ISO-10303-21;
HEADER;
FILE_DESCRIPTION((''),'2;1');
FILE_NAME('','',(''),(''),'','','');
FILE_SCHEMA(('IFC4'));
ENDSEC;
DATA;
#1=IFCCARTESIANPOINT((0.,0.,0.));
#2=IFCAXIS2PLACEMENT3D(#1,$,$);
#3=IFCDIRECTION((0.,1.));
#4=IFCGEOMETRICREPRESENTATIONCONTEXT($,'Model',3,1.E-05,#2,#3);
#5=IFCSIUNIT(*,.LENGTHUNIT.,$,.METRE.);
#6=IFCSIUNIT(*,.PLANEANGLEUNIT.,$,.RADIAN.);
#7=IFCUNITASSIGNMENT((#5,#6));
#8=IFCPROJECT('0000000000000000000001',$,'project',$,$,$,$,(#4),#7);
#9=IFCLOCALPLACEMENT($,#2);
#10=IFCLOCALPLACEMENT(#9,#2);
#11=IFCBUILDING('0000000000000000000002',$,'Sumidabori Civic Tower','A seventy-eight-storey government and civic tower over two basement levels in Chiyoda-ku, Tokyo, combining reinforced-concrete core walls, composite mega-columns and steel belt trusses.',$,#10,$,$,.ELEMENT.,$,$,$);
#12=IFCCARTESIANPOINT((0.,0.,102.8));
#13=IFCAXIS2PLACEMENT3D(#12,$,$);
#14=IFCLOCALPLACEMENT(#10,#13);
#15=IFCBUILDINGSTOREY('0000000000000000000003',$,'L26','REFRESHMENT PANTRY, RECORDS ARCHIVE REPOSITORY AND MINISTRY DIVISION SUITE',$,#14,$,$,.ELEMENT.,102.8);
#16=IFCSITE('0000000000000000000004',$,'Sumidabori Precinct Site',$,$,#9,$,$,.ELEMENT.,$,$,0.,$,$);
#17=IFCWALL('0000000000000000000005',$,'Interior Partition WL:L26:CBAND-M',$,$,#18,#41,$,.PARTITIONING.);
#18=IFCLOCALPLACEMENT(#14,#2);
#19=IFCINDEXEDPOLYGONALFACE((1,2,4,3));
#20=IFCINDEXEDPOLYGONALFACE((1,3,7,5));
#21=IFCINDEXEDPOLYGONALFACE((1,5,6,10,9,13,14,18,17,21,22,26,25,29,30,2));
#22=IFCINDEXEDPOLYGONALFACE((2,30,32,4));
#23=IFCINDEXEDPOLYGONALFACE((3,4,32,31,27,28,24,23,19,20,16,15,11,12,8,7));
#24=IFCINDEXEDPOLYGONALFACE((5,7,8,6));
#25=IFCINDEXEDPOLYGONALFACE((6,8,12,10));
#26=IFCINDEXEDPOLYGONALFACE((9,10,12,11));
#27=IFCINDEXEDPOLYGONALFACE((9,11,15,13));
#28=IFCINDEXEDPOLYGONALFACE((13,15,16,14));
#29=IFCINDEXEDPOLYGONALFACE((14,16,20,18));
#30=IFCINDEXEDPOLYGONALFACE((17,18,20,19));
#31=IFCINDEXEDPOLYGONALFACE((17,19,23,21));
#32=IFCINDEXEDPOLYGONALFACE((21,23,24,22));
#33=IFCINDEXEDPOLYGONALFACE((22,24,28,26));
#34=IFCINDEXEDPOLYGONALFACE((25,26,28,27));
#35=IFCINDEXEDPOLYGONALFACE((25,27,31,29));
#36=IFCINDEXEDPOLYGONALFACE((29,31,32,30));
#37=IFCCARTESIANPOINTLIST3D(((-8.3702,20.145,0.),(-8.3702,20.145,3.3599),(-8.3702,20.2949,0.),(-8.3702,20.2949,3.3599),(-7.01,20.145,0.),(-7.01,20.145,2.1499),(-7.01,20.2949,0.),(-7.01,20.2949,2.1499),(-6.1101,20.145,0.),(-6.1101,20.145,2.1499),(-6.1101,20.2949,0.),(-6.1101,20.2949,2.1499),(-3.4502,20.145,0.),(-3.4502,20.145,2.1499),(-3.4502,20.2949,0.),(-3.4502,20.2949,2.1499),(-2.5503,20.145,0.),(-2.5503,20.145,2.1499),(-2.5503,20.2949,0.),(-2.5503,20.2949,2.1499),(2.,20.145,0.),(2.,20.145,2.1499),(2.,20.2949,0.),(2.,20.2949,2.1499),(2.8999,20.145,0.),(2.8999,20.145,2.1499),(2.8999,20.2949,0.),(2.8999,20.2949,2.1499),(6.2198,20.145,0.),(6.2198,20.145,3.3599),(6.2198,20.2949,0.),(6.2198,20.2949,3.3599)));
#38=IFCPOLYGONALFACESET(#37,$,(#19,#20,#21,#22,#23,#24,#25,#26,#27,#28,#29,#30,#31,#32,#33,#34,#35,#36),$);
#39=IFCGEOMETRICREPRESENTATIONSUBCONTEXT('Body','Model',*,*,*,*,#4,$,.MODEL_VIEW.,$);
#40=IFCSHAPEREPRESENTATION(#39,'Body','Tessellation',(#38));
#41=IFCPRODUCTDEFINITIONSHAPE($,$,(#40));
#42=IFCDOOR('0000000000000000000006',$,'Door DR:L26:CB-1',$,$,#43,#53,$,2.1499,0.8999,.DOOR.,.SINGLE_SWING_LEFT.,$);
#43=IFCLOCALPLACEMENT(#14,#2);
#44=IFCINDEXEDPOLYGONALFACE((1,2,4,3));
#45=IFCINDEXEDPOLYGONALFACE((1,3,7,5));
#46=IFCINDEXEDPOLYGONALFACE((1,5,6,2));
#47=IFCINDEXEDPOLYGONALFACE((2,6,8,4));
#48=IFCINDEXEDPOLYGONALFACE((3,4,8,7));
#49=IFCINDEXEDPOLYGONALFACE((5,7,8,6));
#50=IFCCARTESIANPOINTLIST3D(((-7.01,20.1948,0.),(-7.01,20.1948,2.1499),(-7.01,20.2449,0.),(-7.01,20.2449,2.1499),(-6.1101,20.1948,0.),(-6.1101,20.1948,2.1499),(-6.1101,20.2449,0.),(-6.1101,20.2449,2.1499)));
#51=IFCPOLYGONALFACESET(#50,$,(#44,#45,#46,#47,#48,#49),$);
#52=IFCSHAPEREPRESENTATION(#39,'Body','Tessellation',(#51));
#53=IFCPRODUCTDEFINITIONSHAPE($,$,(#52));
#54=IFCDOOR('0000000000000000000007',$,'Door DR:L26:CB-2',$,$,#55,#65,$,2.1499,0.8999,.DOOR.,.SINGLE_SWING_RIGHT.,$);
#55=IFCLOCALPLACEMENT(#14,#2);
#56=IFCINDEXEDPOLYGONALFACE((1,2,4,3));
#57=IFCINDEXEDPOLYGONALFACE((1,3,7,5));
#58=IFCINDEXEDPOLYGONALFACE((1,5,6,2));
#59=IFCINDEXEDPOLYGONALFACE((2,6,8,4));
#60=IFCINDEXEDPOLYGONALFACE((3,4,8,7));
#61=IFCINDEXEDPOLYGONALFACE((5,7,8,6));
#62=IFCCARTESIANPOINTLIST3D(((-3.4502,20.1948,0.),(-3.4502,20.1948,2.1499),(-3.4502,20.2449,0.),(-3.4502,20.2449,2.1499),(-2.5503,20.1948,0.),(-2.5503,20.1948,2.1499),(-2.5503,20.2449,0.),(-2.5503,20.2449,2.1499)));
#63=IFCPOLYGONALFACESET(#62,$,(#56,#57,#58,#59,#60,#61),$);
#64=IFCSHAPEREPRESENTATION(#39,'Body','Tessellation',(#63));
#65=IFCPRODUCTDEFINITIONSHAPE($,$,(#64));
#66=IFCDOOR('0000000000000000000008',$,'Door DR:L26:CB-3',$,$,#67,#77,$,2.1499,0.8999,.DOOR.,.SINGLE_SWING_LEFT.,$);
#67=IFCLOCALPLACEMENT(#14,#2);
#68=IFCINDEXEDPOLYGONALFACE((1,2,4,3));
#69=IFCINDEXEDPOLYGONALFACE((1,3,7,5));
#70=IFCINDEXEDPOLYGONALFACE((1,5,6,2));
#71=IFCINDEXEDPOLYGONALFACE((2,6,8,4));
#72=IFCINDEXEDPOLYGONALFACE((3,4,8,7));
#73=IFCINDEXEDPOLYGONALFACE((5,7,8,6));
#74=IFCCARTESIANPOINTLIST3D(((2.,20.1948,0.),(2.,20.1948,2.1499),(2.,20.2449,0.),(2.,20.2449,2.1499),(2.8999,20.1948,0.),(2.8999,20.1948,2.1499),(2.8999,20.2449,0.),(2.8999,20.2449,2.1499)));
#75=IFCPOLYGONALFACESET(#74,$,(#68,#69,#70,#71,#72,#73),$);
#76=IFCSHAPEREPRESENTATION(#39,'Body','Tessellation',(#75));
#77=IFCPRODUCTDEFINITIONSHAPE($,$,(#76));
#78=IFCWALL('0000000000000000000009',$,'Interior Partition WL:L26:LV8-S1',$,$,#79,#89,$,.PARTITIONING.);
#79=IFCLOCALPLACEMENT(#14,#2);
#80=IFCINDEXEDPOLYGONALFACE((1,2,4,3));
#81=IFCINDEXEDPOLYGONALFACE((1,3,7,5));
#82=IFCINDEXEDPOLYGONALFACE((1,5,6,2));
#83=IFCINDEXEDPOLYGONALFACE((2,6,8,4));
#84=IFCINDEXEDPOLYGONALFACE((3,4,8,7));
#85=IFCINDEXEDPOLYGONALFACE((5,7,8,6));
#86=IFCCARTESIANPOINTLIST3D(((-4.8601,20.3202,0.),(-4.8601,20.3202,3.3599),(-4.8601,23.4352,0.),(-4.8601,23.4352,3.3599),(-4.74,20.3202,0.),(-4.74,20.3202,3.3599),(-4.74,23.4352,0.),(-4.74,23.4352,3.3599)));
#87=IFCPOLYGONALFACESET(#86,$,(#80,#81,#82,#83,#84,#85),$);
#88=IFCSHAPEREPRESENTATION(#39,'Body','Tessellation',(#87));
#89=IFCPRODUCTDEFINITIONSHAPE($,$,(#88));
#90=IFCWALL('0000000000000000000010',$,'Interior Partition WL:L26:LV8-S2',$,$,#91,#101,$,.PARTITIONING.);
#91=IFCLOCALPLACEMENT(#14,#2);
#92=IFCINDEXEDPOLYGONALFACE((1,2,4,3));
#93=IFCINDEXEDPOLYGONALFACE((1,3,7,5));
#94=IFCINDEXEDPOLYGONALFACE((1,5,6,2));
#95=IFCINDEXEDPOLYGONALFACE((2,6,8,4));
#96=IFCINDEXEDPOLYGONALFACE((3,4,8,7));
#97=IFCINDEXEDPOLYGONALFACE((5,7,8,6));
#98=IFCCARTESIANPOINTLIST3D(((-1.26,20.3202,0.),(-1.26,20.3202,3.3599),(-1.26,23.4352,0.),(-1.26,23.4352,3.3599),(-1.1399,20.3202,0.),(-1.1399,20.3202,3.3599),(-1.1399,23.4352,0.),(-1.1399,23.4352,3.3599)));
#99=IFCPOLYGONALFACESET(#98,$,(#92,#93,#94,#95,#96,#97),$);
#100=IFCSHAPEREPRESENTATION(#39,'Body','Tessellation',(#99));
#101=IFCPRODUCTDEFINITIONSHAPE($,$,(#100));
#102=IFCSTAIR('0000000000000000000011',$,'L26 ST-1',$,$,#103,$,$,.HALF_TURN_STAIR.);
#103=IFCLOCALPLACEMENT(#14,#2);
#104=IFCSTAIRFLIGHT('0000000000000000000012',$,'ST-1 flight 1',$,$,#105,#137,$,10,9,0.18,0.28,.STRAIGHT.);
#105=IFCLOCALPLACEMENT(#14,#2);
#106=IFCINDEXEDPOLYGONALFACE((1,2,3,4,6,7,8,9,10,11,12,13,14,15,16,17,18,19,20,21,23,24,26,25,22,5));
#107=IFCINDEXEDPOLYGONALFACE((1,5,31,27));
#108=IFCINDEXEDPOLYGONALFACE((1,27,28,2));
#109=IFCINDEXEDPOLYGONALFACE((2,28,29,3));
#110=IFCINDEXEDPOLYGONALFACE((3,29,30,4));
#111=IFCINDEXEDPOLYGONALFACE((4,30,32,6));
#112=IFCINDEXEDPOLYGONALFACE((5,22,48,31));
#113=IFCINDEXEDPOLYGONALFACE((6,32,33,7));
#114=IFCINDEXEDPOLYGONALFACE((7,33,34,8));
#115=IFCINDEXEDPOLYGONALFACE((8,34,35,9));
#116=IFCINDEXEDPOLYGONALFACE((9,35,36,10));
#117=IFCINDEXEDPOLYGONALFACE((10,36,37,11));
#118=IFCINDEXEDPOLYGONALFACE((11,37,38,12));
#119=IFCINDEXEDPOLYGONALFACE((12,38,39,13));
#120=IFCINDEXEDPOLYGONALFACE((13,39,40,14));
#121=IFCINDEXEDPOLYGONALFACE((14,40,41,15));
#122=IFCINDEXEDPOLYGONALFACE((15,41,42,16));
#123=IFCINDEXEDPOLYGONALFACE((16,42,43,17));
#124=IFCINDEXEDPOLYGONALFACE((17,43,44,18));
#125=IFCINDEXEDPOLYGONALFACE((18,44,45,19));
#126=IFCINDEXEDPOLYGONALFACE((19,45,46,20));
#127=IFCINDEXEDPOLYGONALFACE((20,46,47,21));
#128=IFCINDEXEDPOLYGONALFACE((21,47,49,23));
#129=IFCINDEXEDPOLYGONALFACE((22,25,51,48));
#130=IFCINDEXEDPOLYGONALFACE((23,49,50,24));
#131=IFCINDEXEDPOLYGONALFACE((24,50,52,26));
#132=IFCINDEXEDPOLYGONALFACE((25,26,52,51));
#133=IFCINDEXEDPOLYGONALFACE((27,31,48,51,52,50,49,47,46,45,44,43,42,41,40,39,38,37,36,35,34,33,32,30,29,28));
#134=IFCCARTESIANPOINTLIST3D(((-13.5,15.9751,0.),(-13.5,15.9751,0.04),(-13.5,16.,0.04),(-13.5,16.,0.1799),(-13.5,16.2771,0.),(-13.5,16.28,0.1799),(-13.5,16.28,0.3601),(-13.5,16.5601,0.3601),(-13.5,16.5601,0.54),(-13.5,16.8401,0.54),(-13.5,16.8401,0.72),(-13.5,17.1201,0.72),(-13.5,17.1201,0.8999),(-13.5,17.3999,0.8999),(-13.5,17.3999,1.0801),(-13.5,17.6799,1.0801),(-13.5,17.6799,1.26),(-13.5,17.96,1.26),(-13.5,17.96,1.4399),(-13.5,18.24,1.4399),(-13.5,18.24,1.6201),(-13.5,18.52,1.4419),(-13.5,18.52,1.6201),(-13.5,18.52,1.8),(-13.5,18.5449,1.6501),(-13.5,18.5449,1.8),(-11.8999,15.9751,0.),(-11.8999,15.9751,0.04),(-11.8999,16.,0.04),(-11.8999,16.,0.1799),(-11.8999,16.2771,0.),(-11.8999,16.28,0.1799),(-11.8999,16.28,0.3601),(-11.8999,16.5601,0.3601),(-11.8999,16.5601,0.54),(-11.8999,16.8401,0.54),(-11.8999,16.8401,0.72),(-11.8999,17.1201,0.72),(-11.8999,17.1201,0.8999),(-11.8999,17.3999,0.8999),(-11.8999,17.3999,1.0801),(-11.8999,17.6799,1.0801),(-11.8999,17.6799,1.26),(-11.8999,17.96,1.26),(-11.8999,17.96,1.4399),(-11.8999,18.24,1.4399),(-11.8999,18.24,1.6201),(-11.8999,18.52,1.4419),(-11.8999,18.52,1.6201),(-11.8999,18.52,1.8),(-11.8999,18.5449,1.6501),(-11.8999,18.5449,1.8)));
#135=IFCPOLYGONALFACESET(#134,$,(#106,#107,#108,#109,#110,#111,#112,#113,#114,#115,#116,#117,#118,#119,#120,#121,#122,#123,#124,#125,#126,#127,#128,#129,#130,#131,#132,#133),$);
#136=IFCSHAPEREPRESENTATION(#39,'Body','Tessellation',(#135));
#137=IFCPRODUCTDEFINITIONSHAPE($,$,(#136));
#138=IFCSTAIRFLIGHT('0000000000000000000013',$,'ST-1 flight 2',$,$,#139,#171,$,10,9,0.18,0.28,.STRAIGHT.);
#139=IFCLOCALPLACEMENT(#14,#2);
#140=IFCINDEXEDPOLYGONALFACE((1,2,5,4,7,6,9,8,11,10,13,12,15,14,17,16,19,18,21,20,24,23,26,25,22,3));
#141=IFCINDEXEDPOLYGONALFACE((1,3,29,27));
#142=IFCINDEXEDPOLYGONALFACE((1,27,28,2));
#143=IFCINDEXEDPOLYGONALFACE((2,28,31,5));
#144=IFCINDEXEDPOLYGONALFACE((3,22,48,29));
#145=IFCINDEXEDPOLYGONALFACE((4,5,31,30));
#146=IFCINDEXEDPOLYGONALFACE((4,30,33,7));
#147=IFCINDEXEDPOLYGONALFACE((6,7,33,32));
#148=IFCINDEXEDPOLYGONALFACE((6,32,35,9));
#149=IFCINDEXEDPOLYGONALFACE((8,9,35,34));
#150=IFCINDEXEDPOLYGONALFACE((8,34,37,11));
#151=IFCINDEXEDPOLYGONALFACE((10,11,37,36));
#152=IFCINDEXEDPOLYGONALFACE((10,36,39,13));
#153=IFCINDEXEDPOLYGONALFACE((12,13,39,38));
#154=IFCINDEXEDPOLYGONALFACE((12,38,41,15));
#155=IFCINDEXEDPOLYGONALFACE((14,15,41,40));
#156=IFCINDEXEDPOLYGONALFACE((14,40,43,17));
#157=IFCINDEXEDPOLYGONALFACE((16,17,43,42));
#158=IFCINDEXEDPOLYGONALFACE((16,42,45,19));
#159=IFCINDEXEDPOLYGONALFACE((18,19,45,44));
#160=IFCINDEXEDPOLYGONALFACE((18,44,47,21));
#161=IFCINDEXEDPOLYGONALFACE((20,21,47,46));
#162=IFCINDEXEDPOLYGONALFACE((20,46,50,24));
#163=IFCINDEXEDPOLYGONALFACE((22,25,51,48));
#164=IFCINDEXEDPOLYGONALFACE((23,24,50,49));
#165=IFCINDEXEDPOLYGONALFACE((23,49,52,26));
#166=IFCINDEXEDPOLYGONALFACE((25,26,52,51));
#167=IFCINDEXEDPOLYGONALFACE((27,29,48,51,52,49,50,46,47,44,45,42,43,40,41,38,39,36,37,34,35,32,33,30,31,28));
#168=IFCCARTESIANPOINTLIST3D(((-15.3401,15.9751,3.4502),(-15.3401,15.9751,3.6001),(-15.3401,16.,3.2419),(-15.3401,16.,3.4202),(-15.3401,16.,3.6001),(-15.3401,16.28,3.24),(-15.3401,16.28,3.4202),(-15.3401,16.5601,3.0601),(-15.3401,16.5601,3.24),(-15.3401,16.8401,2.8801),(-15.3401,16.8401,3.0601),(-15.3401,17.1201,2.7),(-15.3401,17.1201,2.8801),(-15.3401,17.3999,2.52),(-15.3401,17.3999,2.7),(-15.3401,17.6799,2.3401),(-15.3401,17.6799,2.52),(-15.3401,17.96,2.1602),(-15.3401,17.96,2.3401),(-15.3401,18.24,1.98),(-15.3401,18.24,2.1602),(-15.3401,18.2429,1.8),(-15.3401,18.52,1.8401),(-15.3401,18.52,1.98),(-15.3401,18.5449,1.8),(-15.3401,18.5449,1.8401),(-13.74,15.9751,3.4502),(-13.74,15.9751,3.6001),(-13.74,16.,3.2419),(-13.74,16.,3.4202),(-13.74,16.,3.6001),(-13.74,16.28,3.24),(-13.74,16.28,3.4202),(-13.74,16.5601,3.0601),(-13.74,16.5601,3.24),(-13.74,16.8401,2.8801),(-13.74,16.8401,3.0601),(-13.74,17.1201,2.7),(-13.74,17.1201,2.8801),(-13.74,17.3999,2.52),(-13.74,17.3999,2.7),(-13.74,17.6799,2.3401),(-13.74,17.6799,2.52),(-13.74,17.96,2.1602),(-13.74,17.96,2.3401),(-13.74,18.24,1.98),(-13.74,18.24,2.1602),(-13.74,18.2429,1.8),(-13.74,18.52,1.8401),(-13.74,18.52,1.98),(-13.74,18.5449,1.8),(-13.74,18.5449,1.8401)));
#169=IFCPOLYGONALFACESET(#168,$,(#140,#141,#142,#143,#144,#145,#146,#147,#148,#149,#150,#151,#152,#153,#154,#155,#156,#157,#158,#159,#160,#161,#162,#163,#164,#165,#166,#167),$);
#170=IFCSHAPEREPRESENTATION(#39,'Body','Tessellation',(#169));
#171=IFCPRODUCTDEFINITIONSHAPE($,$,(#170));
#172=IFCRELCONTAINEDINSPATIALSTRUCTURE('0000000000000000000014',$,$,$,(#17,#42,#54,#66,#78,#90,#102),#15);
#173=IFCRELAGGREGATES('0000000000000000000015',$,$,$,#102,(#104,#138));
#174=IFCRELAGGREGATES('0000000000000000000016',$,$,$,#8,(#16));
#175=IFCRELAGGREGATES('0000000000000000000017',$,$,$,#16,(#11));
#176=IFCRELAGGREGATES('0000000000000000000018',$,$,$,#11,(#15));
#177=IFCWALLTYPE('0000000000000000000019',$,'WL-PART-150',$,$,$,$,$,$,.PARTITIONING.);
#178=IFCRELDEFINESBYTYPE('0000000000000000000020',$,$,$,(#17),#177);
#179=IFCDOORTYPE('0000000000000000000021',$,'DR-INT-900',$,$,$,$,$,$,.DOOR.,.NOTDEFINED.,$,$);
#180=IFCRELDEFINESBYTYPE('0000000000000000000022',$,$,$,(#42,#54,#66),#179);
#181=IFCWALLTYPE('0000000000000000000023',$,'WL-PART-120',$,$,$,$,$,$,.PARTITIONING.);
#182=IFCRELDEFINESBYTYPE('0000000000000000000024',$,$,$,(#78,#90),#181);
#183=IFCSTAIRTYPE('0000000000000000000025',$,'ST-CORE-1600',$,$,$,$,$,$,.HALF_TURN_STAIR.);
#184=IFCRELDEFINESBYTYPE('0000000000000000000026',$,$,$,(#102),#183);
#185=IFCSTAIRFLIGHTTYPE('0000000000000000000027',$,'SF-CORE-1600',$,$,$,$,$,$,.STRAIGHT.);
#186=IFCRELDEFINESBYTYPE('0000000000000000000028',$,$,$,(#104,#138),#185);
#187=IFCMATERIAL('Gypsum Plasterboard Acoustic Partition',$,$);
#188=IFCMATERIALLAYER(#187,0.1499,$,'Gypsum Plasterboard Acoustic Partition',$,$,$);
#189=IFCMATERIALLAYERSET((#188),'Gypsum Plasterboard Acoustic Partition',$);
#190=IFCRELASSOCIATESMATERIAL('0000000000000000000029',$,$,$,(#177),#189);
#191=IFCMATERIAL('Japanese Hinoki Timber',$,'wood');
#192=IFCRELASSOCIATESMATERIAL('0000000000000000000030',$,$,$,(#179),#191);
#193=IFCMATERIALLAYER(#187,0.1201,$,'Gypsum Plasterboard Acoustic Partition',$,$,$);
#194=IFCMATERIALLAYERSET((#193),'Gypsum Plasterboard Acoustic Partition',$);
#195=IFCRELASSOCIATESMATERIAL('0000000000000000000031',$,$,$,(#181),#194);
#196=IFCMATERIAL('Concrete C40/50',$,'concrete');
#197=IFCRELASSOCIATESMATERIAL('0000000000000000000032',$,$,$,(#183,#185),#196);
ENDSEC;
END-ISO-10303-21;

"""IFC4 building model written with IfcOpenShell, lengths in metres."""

from ifc_helpers import new_model, si_unit, direction, frame, frame_2d, origin, place, context, subcontext, project, spatial, polyline, rectangle, outline, extrude, source, transform, mapped, material, layer, layer_set, type_object, element, fill, aggregate, save


model = new_model("IFC4")

# Units and contexts
model_context = context("Model", 3, precision=1e-05, world=origin(), true_north=direction((0.0, 1.0)))
body_context = subcontext(model_context, "Body", "Model", "MODEL_VIEW")
ifc_project = project(units=[si_unit("LENGTHUNIT", "METRE"), si_unit("PLANEANGLEUNIT", "RADIAN")], contexts=[model_context])

# Site, building, storey
site_placement = place(None, origin())
site = spatial("IfcSite", under=ifc_project, at=site_placement, Name="Sumidabori Precinct Site", CompositionType="ELEMENT", RefElevation=0.0)
building_placement = place(site_placement, origin())
building = spatial("IfcBuilding", under=site, at=building_placement, Name="Sumidabori Civic Tower", Description="A seventy-eight-storey government and civic tower over two basement levels in Chiyoda-ku, Tokyo, combining reinforced-concrete core walls, composite mega-columns and steel belt trusses.", CompositionType="ELEMENT")
storey_placement = place(building_placement, frame((0.0, 0.0, 102.8)))
storey = spatial("IfcBuildingStorey", under=building, at=storey_placement, Name="L26", Description="REFRESHMENT PANTRY, RECORDS ARCHIVE REPOSITORY AND MINISTRY DIVISION SUITE", CompositionType="ELEMENT", Elevation=102.8)

# Wall, openings, doors
ifc_material_1 = material(Name="Gypsum Plasterboard Acoustic Partition")
ifc_layer_1 = layer(ifc_material_1, 0.1499, Name="Gypsum Plasterboard Acoustic Partition")
ifc_layer_set_1 = layer_set([ifc_layer_1], Name="Gypsum Plasterboard Acoustic Partition")
wall_type_1 = type_object("IfcWallType", Name="WL-PART-150", PredefinedType="PARTITIONING", material=ifc_layer_set_1)
shared_shape_1 = source(origin(), body_context, "Body", "SweptSolid", [
    extrude(rectangle(XDim=14.5901, YDim=0.1499, at=frame_2d((7.2949, 0.0))), origin(), (0.0, 0.0, 1.0), 3.3599),
])
wall_1_placement = place(storey_placement, frame((-8.3701, 20.22, 0.0), z_axis=(0.0, 0.0, 1.0), x_axis=(1.0, 0.0, 0.0)))
wall_1 = element("IfcWall", 1, at=wall_1_placement, inside=storey, type_object=wall_type_1, Name="Interior Partition WL:L26:CBAND-M", PredefinedType="PARTITIONING", context=body_context, shape_type="MappedRepresentation", body=[
    mapped(shared_shape_1, transform((0.0, 0.0, 0.0), x_axis=(1.0, 0.0, 0.0), y_axis=(0.0, 1.0, 0.0), z_axis=(0.0, 0.0, 1.0), scale=1.0)),
])
opening_1_placement = place(wall_1_placement, frame((1.3601, 0.0, 0.0)))
opening_1 = element("IfcOpeningElement", 2, at=opening_1_placement, cuts=wall_1, PredefinedType="OPENING", context=body_context, shape_type="SweptSolid", body=[
    extrude(rectangle(XDim=0.8999, YDim=2.1499, at=frame_2d((0.45, 1.075))), frame((0.0, 0.0869, 0.0), z_axis=(0.0, -1.0, 0.0), x_axis=(1.0, 0.0, 0.0)), (0.0, 0.0, 1.0), 0.1738),
])
opening_2_placement = place(wall_1_placement, frame((4.9199, 0.0, 0.0)))
opening_2 = element("IfcOpeningElement", 3, at=opening_2_placement, cuts=wall_1, PredefinedType="OPENING", context=body_context, shape_type="SweptSolid", body=[
    extrude(rectangle(XDim=0.8999, YDim=2.1499, at=frame_2d((0.45, 1.075))), frame((0.0, 0.0869, 0.0), z_axis=(0.0, -1.0, 0.0), x_axis=(1.0, 0.0, 0.0)), (0.0, 0.0, 1.0), 0.1738),
])
opening_3_placement = place(wall_1_placement, frame((10.3701, 0.0, 0.0)))
opening_3 = element("IfcOpeningElement", 4, at=opening_3_placement, cuts=wall_1, PredefinedType="OPENING", context=body_context, shape_type="SweptSolid", body=[
    extrude(rectangle(XDim=0.8999, YDim=2.1499, at=frame_2d((0.45, 1.075))), frame((0.0, 0.0869, 0.0), z_axis=(0.0, -1.0, 0.0), x_axis=(1.0, 0.0, 0.0)), (0.0, 0.0, 1.0), 0.1738),
])
ifc_material_2 = material(Name="Japanese Hinoki Timber", Category="wood")
door_type = type_object("IfcDoorType", Name="DR-INT-900", OperationType="NOTDEFINED", PredefinedType="DOOR", material=ifc_material_2)
shared_shape_2 = source(origin(), body_context, "Body", "SweptSolid", [
    extrude(rectangle(XDim=0.8999, YDim=2.1499, at=frame_2d((0.45, 1.075))), frame((0.0, 0.0249, 0.0), z_axis=(0.0, -1.0, 0.0), x_axis=(1.0, 0.0, 0.0)), (0.0, 0.0, 1.0), 0.05),
])
door_1_placement = place(opening_1_placement, origin())
door_1 = element("IfcDoor", 5, at=door_1_placement, inside=storey, type_object=door_type, Name="Door DR:L26:CB-1", OperationType="SINGLE_SWING_LEFT", OverallHeight=2.1499, OverallWidth=0.8999, PredefinedType="DOOR", context=body_context, shape_type="MappedRepresentation", body=[
    mapped(shared_shape_2, transform((0.0, 0.0, 0.0), x_axis=(1.0, 0.0, 0.0), y_axis=(0.0, 1.0, 0.0), z_axis=(0.0, 0.0, 1.0), scale=1.0)),
])
fill(opening_1, door_1)
door_2_placement = place(opening_2_placement, origin())
door_2 = element("IfcDoor", 6, at=door_2_placement, inside=storey, type_object=door_type, Name="Door DR:L26:CB-2", OperationType="SINGLE_SWING_RIGHT", OverallHeight=2.1499, OverallWidth=0.8999, PredefinedType="DOOR", context=body_context, shape_type="MappedRepresentation", body=[
    mapped(shared_shape_2, transform((0.0, 0.0, 0.0), x_axis=(1.0, 0.0, 0.0), y_axis=(0.0, 1.0, 0.0), z_axis=(0.0, 0.0, 1.0), scale=1.0)),
])
fill(opening_2, door_2)
door_3_placement = place(opening_3_placement, origin())
door_3 = element("IfcDoor", 7, at=door_3_placement, inside=storey, type_object=door_type, Name="Door DR:L26:CB-3", OperationType="SINGLE_SWING_LEFT", OverallHeight=2.1499, OverallWidth=0.8999, PredefinedType="DOOR", context=body_context, shape_type="MappedRepresentation", body=[
    mapped(shared_shape_2, transform((0.0, 0.0, 0.0), x_axis=(1.0, 0.0, 0.0), y_axis=(0.0, 1.0, 0.0), z_axis=(0.0, 0.0, 1.0), scale=1.0)),
])
fill(opening_3, door_3)

# Walls
ifc_layer_2 = layer(ifc_material_1, 0.1201, Name="Gypsum Plasterboard Acoustic Partition")
ifc_layer_set_2 = layer_set([ifc_layer_2], Name="Gypsum Plasterboard Acoustic Partition")
wall_type_2 = type_object("IfcWallType", Name="WL-PART-120", PredefinedType="PARTITIONING", material=ifc_layer_set_2)
shared_shape_3 = source(origin(), body_context, "Body", "SweptSolid", [
    extrude(rectangle(XDim=3.115, YDim=0.1201, at=frame_2d((1.5576, 0.0))), origin(), (0.0, 0.0, 1.0), 3.3599),
])
for number, where, z_axis, x_axis, name in (
    (8, (-4.8, 20.3201, 0.0), (0.0, 0.0, 1.0), (0.0, 1.0, 0.0), "Interior Partition WL:L26:LV8-S1"),
    (9, (-1.2, 20.3201, 0.0), (0.0, 0.0, 1.0), (0.0, 1.0, 0.0), "Interior Partition WL:L26:LV8-S2"),
):
    element("IfcWall", number, at=place(storey_placement, frame(where, z_axis=z_axis, x_axis=x_axis)), inside=storey, type_object=wall_type_2, Name=name, PredefinedType="PARTITIONING", context=body_context, shape_type="MappedRepresentation", body=[
        mapped(shared_shape_3, transform((0.0, 0.0, 0.0), x_axis=(1.0, 0.0, 0.0), y_axis=(0.0, 1.0, 0.0), z_axis=(0.0, 0.0, 1.0), scale=1.0)),
    ])

# Stair, stair flights
ifc_material_3 = material(Name="Concrete C40/50", Category="concrete")
stair_type = type_object("IfcStairType", Name="ST-CORE-1600", PredefinedType="HALF_TURN_STAIR", material=ifc_material_3)
stair_placement = place(storey_placement, origin())
stair = element("IfcStair", 10, at=stair_placement, inside=storey, type_object=stair_type, Name="L26 ST-1", PredefinedType="HALF_TURN_STAIR")
stair_flight_type = type_object("IfcStairFlightType", Name="SF-CORE-1600", PredefinedType="STRAIGHT", material=ifc_material_3)
shared_shape_4 = source(origin(), body_context, "Body", "SweptSolid", [
    extrude(outline(polyline([(-0.0249, 0.0), (-0.0249, 0.04), (0.0, 0.04), (0.0, 0.1799), (0.28, 0.1799), (0.28, 0.3601), (0.5601, 0.3601), (0.5601, 0.54), (0.8401, 0.54), (0.8401, 0.72), (1.1201, 0.72), (1.1201, 0.8999), (1.3999, 0.8999), (1.3999, 1.0801), (1.6799, 1.0801), (1.6799, 1.26), (1.96, 1.26), (1.96, 1.4399), (2.24, 1.4399), (2.24, 1.6201), (2.52, 1.6201), (2.52, 1.8), (2.5449, 1.8), (2.5449, 1.6501), (2.52, 1.4419), (0.2771, 0.0), (-0.0249, 0.0)])), frame((0.0, 0.8, 0.0), z_axis=(0.0, -1.0, 0.0), x_axis=(1.0, 0.0, 0.0)), (0.0, 0.0, 1.0), 1.6001),
])
stair_flight_1_placement = place(storey_placement, frame((-12.7, 16.0, 0.0), z_axis=(0.0, 0.0, 1.0), x_axis=(0.0, 1.0, 0.0)))
stair_flight_1 = element("IfcStairFlight", 11, at=stair_flight_1_placement, type_object=stair_flight_type, Name="ST-1 flight 1", NumberOfRisers=10, NumberOfTreads=9, PredefinedType="STRAIGHT", RiserHeight=0.18, TreadLength=0.28, context=body_context, shape_type="MappedRepresentation", body=[
    mapped(shared_shape_4, transform((0.0, 0.0, 0.0), x_axis=(1.0, 0.0, 0.0), y_axis=(0.0, 1.0, 0.0), z_axis=(0.0, 0.0, 1.0), scale=1.0)),
])
stair_flight_2_placement = place(storey_placement, frame((-14.54, 18.52, 1.8), z_axis=(0.0, 0.0, 1.0), x_axis=(0.0, -1.0, 0.0)))
stair_flight_2 = element("IfcStairFlight", 12, at=stair_flight_2_placement, type_object=stair_flight_type, Name="ST-1 flight 2", NumberOfRisers=10, NumberOfTreads=9, PredefinedType="STRAIGHT", RiserHeight=0.18, TreadLength=0.28, context=body_context, shape_type="MappedRepresentation", body=[
    mapped(shared_shape_4, transform((0.0, 0.0, 0.0), x_axis=(1.0, 0.0, 0.0), y_axis=(0.0, 1.0, 0.0), z_axis=(0.0, 0.0, 1.0), scale=1.0)),
])
aggregate(stair, [stair_flight_1, stair_flight_2])

save(model, "model.ifc")
